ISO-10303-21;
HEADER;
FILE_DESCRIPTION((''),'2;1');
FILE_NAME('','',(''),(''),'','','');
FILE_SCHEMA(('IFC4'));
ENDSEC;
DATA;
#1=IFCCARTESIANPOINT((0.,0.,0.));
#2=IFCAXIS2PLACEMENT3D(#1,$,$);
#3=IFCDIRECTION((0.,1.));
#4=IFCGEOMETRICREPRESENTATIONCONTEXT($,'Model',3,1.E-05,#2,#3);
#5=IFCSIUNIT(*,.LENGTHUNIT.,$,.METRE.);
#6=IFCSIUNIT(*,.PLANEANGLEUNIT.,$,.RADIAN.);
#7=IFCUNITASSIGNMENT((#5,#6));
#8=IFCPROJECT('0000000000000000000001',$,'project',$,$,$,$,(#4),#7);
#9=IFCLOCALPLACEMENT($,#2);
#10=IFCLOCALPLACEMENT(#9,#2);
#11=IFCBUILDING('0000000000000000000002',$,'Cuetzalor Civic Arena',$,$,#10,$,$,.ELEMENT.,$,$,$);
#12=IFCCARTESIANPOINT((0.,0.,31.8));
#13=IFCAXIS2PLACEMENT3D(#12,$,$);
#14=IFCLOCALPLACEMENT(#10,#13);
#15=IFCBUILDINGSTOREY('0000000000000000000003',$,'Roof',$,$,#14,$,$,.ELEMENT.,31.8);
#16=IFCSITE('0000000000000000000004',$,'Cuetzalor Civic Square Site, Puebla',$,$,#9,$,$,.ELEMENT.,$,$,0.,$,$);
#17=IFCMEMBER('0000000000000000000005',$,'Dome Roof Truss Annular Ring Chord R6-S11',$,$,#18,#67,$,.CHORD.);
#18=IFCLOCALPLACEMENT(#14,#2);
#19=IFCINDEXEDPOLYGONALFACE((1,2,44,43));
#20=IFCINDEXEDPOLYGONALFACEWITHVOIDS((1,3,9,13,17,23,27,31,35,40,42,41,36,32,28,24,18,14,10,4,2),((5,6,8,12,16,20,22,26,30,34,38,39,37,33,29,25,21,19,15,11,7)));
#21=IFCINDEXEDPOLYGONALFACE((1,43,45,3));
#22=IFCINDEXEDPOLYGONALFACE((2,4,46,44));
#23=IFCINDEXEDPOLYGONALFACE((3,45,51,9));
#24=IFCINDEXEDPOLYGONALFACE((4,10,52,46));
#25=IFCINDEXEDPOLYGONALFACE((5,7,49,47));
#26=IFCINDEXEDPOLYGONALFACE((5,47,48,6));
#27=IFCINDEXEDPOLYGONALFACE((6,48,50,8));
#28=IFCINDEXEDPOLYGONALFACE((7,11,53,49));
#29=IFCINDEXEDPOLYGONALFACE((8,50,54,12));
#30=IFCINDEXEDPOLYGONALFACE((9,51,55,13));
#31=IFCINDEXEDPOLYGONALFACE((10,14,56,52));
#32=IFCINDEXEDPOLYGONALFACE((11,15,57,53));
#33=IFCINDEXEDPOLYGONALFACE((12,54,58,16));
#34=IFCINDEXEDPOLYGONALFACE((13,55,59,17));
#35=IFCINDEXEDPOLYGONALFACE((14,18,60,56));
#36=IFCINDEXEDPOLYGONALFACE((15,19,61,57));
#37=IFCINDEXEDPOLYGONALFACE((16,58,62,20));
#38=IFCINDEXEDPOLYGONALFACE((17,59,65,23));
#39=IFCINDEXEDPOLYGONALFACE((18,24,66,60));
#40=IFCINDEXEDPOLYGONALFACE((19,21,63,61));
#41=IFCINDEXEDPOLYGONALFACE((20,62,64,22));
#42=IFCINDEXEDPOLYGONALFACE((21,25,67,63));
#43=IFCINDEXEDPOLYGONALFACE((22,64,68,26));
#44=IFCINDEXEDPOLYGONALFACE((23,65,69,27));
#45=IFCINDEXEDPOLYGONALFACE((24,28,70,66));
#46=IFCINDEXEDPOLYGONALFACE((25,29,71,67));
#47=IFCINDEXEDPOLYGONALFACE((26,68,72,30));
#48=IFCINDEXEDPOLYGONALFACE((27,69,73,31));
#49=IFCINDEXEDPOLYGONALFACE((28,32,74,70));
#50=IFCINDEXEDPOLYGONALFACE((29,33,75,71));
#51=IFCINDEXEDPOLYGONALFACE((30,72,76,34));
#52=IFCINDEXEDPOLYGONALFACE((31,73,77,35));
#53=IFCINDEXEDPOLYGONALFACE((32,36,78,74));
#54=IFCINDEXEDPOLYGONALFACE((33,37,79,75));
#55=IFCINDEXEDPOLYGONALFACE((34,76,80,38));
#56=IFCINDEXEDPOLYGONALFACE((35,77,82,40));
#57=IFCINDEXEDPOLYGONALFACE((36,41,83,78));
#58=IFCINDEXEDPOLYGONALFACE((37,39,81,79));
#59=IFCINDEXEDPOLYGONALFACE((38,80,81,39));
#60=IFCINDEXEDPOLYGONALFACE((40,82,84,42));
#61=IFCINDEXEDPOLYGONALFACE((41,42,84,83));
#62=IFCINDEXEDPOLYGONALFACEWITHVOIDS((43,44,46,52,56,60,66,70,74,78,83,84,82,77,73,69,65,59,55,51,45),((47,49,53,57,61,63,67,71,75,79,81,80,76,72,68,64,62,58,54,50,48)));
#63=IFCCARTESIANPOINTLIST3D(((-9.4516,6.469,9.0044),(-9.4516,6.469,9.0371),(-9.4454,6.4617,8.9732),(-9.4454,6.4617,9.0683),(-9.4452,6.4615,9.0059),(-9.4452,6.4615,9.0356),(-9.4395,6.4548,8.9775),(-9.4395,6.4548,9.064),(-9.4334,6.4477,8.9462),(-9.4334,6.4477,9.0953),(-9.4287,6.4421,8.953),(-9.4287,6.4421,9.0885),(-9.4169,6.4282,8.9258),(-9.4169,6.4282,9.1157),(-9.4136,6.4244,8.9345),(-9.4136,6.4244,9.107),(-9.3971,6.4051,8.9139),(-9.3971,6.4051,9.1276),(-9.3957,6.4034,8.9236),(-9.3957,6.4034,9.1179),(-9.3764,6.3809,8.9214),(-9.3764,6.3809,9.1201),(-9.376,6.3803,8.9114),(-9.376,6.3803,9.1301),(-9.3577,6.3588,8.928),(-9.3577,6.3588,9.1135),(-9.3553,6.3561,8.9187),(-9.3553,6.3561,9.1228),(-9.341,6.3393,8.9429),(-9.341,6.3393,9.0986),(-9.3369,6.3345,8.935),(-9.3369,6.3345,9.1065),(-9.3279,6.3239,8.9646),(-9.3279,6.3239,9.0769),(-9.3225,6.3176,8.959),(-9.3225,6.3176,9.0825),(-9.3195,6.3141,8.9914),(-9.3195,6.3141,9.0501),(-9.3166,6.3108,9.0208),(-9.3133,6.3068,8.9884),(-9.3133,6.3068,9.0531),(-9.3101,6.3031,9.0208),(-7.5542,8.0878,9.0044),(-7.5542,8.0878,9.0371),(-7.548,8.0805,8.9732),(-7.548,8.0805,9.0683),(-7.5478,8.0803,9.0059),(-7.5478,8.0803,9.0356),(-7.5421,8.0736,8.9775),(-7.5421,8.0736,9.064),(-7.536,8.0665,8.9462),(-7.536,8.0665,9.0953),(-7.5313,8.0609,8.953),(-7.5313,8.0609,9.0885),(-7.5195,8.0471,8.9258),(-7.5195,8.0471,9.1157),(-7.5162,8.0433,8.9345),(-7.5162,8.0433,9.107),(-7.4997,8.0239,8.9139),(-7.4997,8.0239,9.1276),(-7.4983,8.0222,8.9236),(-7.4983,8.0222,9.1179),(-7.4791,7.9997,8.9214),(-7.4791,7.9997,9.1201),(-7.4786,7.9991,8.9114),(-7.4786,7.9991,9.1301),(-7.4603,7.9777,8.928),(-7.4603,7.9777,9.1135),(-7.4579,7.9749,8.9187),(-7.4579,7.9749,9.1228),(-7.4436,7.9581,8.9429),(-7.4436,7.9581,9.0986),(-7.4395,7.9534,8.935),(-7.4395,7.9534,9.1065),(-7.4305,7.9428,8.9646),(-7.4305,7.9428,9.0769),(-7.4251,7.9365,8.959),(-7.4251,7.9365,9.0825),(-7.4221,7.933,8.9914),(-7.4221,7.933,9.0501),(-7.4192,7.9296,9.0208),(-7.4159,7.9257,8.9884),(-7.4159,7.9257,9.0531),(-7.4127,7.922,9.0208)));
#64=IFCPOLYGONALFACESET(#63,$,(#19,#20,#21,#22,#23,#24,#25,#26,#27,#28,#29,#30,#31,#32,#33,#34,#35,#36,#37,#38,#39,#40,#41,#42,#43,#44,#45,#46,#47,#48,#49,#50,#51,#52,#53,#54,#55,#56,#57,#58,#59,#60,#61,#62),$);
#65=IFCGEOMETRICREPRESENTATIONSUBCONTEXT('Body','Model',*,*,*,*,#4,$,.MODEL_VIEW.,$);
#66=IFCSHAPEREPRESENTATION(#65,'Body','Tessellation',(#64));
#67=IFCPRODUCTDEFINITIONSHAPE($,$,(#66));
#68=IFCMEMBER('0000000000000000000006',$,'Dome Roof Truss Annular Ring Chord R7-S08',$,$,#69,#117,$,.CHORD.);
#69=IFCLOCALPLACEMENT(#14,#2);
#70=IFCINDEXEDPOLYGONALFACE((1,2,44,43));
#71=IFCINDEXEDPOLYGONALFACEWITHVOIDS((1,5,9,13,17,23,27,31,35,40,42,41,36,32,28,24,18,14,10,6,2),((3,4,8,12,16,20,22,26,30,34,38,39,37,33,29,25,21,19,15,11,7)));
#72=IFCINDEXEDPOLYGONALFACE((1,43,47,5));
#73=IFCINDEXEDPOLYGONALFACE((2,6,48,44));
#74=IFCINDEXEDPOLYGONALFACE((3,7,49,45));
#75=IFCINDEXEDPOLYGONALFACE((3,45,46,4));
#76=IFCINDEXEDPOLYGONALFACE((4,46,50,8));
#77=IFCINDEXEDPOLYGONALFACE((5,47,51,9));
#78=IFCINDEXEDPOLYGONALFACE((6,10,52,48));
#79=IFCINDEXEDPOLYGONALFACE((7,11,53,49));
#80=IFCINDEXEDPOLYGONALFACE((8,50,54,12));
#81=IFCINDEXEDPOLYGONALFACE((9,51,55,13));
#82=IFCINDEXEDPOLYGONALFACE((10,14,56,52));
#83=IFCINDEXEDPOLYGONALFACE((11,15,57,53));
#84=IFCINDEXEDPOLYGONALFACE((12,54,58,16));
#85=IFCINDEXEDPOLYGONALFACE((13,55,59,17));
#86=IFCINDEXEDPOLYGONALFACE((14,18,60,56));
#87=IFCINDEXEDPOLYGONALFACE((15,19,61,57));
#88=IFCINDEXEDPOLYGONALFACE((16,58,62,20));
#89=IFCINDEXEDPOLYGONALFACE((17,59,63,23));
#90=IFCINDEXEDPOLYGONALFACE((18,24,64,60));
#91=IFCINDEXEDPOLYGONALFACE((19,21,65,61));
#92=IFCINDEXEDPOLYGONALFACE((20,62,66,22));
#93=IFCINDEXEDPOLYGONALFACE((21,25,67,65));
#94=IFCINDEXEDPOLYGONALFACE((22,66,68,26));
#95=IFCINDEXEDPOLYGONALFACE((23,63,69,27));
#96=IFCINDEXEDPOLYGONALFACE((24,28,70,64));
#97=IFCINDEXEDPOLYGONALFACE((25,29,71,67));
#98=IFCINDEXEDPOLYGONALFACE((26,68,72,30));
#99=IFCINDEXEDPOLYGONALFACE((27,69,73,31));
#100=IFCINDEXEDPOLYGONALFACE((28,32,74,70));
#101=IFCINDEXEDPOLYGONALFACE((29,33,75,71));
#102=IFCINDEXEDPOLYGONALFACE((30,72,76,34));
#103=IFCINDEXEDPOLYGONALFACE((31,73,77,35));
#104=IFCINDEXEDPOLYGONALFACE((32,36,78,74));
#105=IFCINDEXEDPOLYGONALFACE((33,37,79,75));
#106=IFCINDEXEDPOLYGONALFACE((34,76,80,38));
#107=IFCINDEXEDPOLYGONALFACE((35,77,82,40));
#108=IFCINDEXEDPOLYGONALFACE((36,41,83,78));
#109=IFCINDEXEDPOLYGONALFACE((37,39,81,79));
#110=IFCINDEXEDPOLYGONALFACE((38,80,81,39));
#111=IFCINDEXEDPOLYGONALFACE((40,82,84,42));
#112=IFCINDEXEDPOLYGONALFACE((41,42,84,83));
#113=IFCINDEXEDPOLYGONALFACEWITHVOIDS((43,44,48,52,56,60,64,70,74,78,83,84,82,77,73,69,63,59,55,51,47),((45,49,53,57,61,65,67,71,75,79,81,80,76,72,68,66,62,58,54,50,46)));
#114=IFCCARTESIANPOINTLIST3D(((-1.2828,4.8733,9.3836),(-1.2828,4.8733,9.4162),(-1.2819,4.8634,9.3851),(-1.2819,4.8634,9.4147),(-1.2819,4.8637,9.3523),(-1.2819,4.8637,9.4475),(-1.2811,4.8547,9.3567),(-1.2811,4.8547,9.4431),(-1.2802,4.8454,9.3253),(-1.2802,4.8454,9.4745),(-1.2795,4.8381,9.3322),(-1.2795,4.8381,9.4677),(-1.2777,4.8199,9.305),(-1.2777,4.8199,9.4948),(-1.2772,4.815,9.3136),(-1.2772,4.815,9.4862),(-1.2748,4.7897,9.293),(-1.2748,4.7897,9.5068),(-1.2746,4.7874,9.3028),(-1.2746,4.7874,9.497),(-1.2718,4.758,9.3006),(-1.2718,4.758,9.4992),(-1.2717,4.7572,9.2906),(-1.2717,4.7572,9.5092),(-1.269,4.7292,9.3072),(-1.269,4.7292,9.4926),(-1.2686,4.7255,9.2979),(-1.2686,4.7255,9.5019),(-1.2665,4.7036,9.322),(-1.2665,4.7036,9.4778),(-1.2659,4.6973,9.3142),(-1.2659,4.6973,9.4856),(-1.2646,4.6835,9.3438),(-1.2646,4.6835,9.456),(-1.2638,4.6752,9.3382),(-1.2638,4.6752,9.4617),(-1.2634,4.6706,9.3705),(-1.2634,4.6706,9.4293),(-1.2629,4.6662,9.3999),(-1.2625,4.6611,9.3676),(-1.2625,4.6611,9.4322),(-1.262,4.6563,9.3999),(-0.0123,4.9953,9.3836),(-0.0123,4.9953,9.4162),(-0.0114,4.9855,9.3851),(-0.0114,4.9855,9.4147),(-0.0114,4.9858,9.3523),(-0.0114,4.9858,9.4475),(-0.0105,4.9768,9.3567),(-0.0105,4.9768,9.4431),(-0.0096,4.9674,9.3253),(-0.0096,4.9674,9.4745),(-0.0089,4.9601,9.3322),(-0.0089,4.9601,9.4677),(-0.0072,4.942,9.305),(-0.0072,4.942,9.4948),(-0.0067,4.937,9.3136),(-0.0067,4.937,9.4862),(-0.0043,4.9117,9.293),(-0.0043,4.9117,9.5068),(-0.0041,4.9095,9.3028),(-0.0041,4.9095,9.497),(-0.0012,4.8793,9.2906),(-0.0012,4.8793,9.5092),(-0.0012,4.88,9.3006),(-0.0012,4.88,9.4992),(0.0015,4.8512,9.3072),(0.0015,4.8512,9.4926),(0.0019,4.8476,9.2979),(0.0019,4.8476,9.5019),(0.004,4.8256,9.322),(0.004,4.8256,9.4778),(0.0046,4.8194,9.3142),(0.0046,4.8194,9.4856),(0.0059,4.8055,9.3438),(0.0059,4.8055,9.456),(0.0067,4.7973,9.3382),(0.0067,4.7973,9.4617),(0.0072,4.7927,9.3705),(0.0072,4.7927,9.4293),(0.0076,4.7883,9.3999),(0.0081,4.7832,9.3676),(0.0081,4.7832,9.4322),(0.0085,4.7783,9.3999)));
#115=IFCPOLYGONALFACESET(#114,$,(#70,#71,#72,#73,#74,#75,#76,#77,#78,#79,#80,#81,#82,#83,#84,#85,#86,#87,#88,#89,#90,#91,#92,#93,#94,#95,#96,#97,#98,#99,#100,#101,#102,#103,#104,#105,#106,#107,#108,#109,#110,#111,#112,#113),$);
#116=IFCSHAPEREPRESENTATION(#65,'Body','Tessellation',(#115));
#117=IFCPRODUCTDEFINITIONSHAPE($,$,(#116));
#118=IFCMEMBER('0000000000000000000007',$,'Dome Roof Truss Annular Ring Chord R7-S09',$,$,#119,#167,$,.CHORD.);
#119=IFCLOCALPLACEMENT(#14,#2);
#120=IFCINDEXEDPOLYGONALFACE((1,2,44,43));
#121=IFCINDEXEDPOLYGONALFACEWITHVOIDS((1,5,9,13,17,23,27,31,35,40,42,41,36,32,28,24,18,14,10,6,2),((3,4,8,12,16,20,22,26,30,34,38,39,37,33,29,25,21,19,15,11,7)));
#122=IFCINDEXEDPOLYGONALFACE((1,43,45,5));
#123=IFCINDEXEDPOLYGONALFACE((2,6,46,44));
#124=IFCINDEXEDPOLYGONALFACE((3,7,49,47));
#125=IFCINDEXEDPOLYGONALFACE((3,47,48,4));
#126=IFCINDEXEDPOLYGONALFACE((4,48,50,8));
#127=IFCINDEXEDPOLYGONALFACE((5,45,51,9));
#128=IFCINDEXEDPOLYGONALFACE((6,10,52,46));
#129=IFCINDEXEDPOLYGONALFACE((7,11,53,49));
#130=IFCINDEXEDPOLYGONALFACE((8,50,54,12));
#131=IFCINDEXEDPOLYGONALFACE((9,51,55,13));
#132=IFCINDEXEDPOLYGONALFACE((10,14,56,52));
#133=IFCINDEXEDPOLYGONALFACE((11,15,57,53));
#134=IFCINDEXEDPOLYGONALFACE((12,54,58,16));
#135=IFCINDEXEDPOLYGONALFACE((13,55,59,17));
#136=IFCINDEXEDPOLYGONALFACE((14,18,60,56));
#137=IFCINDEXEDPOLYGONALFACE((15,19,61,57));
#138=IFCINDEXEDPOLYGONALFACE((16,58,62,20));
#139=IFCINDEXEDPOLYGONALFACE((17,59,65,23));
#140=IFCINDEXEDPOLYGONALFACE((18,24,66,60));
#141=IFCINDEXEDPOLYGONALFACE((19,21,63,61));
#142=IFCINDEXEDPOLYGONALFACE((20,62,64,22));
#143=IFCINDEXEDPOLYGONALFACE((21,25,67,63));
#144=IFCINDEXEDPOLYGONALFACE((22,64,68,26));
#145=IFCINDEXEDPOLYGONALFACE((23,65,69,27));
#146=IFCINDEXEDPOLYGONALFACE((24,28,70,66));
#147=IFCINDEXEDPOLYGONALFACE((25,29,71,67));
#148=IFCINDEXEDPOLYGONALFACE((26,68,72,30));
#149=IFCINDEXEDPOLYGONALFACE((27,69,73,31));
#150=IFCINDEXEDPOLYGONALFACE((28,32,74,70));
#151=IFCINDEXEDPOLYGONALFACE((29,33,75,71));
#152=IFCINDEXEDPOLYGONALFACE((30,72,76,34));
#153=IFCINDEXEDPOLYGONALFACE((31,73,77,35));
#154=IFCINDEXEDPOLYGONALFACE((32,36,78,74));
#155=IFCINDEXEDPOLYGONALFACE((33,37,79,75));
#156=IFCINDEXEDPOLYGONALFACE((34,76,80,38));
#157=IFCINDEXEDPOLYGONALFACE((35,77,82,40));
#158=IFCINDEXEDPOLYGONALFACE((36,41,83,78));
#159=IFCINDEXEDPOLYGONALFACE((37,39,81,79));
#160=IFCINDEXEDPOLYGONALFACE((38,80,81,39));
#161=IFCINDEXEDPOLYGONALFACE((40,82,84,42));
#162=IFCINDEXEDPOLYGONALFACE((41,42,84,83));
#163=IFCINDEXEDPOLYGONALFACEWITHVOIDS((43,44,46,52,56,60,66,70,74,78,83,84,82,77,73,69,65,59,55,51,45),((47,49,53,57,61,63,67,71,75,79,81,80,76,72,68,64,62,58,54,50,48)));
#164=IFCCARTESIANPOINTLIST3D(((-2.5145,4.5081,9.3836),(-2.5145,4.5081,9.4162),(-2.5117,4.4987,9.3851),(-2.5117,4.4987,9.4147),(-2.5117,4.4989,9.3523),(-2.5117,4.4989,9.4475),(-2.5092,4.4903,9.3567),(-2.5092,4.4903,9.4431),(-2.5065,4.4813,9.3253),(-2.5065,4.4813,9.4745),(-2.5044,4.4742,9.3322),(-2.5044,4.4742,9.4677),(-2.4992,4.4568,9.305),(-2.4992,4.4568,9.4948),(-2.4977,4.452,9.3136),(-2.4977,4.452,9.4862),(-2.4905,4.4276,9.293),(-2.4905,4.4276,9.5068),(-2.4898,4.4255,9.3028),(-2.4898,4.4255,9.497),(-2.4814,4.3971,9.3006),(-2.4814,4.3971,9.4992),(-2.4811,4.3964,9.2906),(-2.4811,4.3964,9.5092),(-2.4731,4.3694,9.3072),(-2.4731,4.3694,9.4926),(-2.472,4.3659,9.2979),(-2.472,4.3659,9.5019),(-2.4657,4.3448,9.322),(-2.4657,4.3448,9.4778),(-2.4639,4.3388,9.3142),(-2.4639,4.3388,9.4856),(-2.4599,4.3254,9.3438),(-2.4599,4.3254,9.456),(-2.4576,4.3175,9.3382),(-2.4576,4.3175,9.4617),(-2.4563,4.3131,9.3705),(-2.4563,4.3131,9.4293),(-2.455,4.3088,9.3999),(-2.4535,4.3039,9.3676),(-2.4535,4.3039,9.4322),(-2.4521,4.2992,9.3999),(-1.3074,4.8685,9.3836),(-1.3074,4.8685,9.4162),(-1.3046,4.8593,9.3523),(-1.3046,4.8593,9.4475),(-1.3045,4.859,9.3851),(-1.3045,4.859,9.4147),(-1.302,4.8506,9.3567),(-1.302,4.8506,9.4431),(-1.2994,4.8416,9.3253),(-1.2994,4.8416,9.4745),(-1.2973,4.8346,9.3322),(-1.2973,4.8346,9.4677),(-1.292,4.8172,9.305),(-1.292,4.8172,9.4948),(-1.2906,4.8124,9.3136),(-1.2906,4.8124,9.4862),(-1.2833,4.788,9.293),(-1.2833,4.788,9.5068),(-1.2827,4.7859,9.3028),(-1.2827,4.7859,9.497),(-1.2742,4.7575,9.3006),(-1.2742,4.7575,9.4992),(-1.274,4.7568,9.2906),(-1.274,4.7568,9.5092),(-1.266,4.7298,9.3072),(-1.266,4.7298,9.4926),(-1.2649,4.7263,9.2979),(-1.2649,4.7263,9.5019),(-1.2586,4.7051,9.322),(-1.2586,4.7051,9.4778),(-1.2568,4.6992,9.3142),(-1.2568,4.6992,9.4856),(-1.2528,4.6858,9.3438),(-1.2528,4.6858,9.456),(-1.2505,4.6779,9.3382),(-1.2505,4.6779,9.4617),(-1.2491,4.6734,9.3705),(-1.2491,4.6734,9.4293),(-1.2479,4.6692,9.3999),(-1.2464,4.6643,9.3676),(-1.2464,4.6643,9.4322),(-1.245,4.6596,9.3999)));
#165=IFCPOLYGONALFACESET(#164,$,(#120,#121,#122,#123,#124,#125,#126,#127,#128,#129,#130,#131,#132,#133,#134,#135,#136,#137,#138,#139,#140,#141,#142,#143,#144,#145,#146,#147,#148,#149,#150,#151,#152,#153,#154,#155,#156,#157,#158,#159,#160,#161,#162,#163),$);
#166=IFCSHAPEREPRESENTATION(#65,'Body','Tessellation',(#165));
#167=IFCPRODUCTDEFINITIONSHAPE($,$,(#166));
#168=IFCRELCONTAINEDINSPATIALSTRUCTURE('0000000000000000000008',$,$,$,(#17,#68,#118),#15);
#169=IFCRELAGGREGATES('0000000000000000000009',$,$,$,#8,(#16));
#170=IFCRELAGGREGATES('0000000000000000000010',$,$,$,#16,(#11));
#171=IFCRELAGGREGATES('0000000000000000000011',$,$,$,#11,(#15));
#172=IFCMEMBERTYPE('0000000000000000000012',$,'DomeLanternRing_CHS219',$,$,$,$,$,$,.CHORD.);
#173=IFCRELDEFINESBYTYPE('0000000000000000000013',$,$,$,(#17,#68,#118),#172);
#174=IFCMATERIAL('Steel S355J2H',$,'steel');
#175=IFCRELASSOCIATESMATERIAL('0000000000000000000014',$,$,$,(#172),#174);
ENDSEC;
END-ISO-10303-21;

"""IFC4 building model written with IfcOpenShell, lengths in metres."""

from ifc_helpers import new_model, si_unit, direction, frame, origin, origin_2d, place, context, subcontext, project, spatial, hollow_circle, extrude, material, material_profile, profile_set, type_object, element, save


model = new_model("IFC4")

# Units and contexts
model_context = context("Model", 3, precision=1e-05, world=origin(), true_north=direction((0.0, 1.0)))
body_context = subcontext(model_context, "Body", "Model", "MODEL_VIEW")
ifc_project = project(units=[si_unit("LENGTHUNIT", "METRE"), si_unit("PLANEANGLEUNIT", "RADIAN")], contexts=[model_context])

# Site, building, storey
site_placement = place(None, origin())
site = spatial("IfcSite", under=ifc_project, at=site_placement, Name="Cuetzalor Civic Square Site, Puebla", CompositionType="ELEMENT", RefElevation=0.0)
building_placement = place(site_placement, origin())
building = spatial("IfcBuilding", under=site, at=building_placement, Name="Cuetzalor Civic Arena", CompositionType="ELEMENT")
storey_placement = place(building_placement, frame((0.0, 0.0, 31.8)))
storey = spatial("IfcBuildingStorey", under=building, at=storey_placement, Name="Roof", CompositionType="ELEMENT", Elevation=31.8)

# Members
ifc_material_1 = material(Name="Steel S355J2H", Category="steel")
ifc_material_profile_1 = material_profile(ifc_material_1, hollow_circle(Radius=0.1096, WallThickness=0.01, at=origin_2d()), Name="CHS 219.1x10")
ifc_profile_set_1 = profile_set([ifc_material_profile_1], Name="Steel S355J2H")
member_type_1 = type_object("IfcMemberType", Name="DomeLanternRing_CHS219", PredefinedType="CHORD", material=ifc_profile_set_1)
member_1_placement = place(storey_placement, frame((-7.4839, 8.0054, 9.0208), z_axis=(-0.76074, -0.649057, 0.0), x_axis=(0.649057, -0.76074, 0.0)))
element("IfcMember", 1, at=member_1_placement, inside=storey, type_object=member_type_1, Name="Dome Roof Truss Annular Ring Chord R6-S11", PredefinedType="CHORD", context=body_context, shape_type="SweptSolid", body=[
    extrude(hollow_circle(Radius=0.1096, WallThickness=0.01, at=origin_2d()), origin(), (0.0, 0.0, 1.0), 2.4941),
])
member_2_placement = place(storey_placement, frame((-0.002, 4.8875, 9.3999), z_axis=(-0.995416, -0.09564, 0.0), x_axis=(0.09564, -0.995416, 0.0)))
element("IfcMember", 2, at=member_2_placement, inside=storey, type_object=member_type_1, Name="Dome Roof Truss Annular Ring Chord R7-S08", PredefinedType="CHORD", context=body_context, shape_type="SweptSolid", body=[
    extrude(hollow_circle(Radius=0.1096, WallThickness=0.01, at=origin_2d()), origin(), (0.0, 0.0, 1.0), 1.2764),
])
member_3_placement = place(storey_placement, frame((-1.2764, 4.7646, 9.3999), z_axis=(-0.958209, -0.286067, 0.0), x_axis=(0.286067, -0.958209, 0.0)))
element("IfcMember", 3, at=member_3_placement, inside=storey, type_object=member_type_1, Name="Dome Roof Truss Annular Ring Chord R7-S09", PredefinedType="CHORD", context=body_context, shape_type="SweptSolid", body=[
    extrude(hollow_circle(Radius=0.1096, WallThickness=0.01, at=origin_2d()), origin(), (0.0, 0.0, 1.0), 1.2598),
])

save(model, "model.ifc")
